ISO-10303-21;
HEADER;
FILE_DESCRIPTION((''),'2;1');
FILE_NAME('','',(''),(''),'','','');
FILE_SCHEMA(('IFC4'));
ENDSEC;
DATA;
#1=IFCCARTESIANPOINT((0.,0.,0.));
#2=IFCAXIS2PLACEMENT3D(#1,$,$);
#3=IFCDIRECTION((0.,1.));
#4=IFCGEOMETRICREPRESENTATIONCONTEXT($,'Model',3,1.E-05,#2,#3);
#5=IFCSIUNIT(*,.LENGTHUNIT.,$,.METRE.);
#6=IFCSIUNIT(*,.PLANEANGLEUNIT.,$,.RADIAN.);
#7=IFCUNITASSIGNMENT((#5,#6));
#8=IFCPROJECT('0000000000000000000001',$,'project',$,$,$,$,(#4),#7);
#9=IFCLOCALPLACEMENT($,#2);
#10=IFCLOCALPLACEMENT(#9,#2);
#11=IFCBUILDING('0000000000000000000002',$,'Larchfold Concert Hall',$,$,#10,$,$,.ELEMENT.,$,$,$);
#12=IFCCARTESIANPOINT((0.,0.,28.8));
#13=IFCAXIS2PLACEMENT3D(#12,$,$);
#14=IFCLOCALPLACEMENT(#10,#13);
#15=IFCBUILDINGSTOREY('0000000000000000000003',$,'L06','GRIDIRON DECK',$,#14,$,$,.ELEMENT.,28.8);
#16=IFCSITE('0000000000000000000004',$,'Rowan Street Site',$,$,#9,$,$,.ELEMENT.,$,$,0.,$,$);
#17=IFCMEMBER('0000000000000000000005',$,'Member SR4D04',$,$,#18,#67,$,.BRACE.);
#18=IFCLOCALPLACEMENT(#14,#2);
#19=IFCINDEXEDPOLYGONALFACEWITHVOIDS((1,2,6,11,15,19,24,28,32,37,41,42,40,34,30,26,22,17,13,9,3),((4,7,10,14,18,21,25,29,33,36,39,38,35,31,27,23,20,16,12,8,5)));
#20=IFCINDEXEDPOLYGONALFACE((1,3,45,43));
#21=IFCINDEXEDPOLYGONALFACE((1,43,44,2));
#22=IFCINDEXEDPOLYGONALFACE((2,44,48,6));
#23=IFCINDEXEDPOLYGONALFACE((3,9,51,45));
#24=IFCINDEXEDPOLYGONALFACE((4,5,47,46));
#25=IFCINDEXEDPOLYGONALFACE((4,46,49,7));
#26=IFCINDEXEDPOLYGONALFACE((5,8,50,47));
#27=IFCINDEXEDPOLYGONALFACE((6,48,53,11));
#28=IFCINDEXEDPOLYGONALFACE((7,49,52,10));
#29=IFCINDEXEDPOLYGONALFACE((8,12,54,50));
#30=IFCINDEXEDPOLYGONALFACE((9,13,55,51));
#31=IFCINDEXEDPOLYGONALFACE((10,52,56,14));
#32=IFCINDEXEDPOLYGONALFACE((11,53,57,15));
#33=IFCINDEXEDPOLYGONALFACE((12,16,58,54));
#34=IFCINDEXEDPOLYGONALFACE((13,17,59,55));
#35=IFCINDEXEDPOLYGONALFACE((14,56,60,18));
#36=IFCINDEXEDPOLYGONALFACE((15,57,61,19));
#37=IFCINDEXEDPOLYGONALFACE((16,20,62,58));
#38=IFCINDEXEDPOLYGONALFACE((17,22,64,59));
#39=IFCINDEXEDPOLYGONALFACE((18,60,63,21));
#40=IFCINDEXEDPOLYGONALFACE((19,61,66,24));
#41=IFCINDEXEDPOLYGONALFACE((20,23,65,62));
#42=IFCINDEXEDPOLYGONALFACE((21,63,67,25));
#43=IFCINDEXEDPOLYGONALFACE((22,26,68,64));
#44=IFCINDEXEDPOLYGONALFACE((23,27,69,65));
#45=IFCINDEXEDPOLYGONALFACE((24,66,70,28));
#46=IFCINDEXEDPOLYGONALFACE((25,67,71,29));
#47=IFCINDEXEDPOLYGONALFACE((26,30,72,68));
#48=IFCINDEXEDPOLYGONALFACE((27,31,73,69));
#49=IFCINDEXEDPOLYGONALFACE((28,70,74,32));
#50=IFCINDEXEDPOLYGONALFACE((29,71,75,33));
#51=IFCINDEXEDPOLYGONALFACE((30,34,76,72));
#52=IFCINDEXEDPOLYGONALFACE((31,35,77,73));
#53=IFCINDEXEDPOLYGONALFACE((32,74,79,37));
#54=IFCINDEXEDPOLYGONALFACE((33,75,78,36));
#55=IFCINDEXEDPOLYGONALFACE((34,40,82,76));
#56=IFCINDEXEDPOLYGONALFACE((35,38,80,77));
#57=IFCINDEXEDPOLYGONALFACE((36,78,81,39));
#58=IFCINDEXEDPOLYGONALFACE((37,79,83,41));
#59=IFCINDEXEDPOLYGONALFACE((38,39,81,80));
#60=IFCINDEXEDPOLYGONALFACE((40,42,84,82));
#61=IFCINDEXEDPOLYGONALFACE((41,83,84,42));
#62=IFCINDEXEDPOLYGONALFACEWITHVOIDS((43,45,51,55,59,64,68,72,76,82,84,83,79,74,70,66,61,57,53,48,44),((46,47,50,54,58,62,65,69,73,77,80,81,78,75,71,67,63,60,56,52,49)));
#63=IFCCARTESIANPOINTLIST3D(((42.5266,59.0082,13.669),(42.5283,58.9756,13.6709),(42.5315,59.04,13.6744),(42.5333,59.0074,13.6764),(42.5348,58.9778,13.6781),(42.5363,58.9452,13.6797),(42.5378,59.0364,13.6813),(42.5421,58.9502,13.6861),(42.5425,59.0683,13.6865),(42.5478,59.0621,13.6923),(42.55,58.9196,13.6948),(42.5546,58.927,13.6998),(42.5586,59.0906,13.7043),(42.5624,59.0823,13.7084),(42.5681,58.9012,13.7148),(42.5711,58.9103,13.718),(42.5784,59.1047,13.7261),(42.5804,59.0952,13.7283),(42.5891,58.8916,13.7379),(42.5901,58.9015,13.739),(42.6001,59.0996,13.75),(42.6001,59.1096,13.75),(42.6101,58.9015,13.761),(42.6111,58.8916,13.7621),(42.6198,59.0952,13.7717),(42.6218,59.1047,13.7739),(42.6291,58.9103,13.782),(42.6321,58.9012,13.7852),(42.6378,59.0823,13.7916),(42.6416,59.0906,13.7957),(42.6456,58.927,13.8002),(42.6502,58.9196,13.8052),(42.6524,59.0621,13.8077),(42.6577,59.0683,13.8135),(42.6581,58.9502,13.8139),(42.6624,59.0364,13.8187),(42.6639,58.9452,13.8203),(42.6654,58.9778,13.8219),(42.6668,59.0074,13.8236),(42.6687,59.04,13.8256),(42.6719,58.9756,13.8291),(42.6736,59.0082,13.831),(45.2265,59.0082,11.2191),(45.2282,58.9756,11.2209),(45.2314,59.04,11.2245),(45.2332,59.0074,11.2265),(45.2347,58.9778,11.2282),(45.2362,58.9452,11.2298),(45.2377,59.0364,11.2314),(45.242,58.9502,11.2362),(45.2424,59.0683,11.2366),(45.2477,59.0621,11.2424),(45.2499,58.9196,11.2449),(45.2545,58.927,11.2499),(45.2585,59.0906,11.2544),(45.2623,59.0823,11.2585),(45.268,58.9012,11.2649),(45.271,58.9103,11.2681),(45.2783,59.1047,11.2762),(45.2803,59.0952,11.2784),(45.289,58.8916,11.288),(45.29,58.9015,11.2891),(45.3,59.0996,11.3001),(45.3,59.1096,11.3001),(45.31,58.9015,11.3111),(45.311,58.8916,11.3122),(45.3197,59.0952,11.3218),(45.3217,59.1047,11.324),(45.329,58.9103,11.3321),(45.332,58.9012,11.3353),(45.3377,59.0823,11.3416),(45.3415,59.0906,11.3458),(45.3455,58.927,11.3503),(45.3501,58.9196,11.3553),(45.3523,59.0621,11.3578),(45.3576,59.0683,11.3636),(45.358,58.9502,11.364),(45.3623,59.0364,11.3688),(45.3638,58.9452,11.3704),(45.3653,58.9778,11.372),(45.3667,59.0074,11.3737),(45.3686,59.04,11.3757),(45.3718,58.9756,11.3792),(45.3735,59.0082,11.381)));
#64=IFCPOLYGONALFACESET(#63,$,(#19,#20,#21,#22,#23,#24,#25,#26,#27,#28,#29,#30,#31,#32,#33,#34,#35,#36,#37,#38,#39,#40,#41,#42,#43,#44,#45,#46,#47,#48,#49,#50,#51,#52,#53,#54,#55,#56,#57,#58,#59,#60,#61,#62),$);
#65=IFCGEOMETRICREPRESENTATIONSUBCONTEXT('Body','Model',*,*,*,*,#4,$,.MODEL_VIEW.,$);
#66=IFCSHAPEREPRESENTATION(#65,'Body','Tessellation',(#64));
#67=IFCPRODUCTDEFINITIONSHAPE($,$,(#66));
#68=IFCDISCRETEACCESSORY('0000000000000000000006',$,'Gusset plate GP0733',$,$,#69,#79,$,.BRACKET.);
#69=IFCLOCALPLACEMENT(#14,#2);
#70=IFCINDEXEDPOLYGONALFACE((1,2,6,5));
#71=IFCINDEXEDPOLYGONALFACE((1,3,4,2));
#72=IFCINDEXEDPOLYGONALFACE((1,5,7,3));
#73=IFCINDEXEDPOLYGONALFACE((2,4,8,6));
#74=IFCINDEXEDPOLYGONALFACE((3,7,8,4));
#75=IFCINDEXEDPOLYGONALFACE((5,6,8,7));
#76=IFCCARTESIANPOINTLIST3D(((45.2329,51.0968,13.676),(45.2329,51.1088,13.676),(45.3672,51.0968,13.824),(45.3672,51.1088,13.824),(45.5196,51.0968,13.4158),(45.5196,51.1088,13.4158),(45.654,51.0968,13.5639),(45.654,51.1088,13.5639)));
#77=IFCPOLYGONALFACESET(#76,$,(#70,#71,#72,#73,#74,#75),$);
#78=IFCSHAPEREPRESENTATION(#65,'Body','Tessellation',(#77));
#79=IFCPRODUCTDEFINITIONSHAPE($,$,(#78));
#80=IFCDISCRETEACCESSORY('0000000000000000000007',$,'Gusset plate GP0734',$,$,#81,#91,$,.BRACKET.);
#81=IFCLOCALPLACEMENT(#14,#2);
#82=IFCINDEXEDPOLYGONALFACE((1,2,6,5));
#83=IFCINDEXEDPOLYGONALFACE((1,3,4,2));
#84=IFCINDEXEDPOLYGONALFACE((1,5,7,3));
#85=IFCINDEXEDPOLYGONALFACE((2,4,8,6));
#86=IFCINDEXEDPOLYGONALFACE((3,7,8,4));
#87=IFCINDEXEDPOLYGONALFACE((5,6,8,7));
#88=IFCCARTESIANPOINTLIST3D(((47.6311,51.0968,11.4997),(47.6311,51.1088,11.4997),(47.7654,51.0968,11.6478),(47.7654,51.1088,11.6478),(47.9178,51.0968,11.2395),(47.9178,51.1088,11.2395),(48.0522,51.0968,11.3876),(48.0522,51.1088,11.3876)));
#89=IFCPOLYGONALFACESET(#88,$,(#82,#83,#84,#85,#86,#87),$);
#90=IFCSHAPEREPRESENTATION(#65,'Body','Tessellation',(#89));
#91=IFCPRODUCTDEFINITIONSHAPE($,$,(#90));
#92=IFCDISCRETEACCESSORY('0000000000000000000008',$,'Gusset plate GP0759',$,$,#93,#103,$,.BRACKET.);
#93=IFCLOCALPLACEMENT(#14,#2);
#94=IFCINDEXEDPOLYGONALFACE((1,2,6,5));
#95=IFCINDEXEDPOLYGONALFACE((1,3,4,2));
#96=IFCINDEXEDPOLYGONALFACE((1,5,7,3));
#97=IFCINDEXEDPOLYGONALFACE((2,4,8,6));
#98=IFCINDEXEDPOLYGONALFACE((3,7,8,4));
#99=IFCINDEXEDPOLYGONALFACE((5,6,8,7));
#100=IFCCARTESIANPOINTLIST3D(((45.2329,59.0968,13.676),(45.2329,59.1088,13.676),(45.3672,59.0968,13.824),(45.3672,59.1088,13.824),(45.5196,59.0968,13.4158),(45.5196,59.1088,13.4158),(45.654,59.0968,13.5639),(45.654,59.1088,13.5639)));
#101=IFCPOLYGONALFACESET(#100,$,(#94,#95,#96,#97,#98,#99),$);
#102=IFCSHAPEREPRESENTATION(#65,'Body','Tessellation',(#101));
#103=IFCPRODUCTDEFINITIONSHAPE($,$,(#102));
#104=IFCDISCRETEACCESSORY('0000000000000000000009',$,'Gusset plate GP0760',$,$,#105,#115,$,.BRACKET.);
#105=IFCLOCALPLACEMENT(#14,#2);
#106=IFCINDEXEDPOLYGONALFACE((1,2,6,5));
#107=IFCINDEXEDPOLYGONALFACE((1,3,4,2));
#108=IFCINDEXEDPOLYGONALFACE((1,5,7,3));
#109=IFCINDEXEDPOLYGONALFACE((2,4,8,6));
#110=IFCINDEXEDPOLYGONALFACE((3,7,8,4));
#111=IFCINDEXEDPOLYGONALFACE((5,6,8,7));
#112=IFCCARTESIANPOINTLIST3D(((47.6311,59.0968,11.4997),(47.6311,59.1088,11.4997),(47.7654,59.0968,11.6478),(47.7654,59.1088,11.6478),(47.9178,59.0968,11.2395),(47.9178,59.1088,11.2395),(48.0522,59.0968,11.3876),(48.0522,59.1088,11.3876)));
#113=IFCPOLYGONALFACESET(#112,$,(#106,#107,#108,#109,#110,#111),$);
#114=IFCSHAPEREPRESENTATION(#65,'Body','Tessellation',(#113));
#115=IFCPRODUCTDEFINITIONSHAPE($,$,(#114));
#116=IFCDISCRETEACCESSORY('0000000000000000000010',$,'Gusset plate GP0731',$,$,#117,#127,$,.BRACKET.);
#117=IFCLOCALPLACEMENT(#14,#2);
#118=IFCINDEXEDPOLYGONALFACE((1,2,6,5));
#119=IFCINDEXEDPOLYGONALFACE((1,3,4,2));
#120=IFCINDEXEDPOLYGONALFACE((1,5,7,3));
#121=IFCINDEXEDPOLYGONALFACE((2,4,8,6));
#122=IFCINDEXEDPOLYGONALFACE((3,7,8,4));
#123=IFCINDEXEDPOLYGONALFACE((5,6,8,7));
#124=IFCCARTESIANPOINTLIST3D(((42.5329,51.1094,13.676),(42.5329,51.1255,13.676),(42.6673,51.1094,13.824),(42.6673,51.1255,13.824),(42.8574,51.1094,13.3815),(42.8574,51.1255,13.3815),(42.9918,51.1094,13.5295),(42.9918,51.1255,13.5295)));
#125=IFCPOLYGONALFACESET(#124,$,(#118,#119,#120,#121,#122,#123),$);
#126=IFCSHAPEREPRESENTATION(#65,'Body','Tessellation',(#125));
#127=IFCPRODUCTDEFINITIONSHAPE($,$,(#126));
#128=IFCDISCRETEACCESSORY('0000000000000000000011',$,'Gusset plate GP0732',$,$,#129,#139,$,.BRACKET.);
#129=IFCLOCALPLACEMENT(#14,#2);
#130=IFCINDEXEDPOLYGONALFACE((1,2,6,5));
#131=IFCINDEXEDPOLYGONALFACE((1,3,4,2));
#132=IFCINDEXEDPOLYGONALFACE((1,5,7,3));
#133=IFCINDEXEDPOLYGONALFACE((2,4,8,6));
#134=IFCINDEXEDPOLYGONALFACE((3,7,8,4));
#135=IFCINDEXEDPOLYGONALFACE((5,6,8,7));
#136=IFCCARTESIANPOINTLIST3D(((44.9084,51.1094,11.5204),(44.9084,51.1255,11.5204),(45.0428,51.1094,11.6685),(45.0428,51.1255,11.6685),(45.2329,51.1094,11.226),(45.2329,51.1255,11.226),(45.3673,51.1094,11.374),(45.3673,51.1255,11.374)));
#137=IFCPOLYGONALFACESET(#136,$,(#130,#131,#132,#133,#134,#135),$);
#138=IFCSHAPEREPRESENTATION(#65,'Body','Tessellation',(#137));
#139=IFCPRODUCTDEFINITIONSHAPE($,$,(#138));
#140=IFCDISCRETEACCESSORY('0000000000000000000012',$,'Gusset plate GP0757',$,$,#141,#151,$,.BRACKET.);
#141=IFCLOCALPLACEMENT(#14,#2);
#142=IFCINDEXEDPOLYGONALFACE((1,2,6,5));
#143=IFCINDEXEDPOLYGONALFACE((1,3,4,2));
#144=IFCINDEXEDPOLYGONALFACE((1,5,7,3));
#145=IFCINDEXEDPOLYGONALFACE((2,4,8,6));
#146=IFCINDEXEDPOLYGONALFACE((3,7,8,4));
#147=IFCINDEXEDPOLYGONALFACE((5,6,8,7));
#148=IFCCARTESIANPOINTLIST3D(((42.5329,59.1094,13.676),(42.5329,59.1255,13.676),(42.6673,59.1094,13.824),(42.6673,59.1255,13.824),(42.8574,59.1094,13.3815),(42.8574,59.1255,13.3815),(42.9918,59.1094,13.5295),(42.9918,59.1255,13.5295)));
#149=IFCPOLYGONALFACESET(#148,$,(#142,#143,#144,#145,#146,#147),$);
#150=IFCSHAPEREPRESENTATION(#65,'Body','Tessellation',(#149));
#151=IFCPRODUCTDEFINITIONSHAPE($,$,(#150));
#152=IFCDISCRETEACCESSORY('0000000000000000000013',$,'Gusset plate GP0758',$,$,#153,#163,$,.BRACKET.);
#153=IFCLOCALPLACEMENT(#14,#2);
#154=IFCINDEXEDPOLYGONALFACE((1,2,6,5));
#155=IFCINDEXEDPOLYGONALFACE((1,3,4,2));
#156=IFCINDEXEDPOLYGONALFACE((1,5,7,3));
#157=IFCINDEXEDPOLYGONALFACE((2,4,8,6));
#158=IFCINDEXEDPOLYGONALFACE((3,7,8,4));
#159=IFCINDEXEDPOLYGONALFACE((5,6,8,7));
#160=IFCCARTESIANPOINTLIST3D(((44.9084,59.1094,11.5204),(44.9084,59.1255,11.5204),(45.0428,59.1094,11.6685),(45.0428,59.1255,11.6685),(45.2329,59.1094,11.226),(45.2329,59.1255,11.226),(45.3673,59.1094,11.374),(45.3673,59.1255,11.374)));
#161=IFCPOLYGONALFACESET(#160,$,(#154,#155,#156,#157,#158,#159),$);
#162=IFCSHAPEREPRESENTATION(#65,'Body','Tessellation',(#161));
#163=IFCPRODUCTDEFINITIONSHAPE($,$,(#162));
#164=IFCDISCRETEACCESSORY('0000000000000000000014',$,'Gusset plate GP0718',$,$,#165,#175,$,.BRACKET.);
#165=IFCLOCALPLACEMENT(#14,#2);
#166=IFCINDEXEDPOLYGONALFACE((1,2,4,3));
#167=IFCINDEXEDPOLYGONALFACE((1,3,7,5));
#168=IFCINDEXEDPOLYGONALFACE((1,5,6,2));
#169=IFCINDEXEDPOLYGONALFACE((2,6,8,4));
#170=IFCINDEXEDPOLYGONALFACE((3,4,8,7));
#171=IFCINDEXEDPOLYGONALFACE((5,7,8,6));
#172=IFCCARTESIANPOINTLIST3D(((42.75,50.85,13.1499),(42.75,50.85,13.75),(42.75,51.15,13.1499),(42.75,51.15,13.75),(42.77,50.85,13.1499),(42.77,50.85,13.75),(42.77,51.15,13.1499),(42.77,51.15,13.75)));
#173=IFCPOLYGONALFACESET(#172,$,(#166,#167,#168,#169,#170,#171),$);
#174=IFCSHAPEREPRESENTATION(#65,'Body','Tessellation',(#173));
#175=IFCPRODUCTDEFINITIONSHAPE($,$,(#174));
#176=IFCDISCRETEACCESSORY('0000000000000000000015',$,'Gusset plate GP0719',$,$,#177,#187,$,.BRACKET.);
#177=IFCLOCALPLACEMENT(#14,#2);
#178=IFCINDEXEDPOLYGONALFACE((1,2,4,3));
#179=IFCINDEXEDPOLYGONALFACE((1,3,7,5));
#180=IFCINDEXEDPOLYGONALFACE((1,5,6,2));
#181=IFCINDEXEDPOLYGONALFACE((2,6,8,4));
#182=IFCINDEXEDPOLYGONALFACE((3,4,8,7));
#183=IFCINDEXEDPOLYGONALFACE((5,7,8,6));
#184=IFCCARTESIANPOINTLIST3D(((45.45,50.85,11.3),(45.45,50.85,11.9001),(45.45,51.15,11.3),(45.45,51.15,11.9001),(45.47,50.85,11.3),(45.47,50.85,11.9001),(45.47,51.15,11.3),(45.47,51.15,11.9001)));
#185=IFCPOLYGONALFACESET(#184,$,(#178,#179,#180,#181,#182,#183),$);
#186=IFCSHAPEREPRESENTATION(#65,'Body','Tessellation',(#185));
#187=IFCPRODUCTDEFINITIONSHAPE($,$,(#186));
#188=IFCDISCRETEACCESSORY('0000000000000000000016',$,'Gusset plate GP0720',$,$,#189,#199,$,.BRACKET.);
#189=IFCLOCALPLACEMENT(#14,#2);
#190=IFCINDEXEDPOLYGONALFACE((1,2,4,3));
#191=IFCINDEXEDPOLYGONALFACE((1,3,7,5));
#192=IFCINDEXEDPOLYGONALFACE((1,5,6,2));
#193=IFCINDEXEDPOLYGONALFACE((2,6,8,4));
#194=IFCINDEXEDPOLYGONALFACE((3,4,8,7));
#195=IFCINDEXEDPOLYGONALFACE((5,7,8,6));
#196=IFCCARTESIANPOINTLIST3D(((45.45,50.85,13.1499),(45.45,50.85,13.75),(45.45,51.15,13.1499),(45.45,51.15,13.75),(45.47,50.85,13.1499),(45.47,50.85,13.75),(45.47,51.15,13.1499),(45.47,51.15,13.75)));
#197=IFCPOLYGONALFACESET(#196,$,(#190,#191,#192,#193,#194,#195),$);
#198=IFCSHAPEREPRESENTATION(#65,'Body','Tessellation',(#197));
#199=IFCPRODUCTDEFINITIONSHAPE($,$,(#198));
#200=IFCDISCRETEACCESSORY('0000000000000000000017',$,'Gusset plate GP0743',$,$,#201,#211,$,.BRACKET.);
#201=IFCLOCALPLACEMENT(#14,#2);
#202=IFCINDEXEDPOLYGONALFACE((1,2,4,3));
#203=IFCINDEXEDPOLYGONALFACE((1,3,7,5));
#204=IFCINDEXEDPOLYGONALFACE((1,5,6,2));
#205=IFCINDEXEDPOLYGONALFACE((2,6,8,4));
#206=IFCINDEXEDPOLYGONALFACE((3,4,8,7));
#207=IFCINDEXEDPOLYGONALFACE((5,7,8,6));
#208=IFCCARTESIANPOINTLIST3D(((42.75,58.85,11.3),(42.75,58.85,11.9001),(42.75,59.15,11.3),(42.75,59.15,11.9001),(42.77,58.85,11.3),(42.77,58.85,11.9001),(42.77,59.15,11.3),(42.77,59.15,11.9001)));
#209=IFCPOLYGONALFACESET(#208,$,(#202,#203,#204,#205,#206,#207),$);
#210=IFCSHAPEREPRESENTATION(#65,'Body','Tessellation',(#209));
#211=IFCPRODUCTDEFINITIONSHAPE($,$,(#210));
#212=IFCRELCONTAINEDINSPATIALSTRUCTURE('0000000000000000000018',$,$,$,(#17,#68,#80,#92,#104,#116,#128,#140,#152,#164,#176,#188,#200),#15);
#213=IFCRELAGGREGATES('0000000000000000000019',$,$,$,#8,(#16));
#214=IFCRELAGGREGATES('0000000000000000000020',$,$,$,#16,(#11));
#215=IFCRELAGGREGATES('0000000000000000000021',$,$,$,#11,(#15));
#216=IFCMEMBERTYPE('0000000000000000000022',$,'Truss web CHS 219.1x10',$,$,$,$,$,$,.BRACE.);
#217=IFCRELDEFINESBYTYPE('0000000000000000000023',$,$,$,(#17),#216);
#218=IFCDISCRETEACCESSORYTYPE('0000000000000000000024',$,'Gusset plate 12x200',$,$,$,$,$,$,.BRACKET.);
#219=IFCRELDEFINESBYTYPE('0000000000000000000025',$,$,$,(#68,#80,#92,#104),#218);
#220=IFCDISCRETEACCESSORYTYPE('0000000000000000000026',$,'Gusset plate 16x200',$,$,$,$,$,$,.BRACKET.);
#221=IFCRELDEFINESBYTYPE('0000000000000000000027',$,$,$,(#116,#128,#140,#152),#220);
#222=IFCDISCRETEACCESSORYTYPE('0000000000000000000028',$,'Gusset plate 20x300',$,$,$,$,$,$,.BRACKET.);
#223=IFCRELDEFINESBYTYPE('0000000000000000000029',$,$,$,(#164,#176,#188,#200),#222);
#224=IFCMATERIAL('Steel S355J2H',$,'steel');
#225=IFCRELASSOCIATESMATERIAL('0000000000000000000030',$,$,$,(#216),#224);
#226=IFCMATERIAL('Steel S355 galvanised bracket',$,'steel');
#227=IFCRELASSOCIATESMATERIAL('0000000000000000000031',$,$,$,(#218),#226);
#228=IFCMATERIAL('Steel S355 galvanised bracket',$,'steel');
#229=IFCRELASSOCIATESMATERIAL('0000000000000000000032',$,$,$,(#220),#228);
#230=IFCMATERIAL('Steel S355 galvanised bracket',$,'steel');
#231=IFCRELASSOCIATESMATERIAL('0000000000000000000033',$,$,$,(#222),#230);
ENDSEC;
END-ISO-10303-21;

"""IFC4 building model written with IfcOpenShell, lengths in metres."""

from ifc_helpers import new_model, si_unit, direction, frame, origin, origin_2d, place, context, subcontext, project, spatial, rectangle, hollow_circle, extrude, material, material_profile, profile_set, type_object, element, save


model = new_model("IFC4")

# Units and contexts
model_context = context("Model", 3, precision=1e-05, world=origin(), true_north=direction((0.0, 1.0)))
body_context = subcontext(model_context, "Body", "Model", "MODEL_VIEW")
ifc_project = project(units=[si_unit("LENGTHUNIT", "METRE"), si_unit("PLANEANGLEUNIT", "RADIAN")], contexts=[model_context])

# Site, building, storey
site_placement = place(None, origin())
site = spatial("IfcSite", under=ifc_project, at=site_placement, Name="Rowan Street Site", CompositionType="ELEMENT", RefElevation=0.0)
building_placement = place(site_placement, origin())
building = spatial("IfcBuilding", under=site, at=building_placement, Name="Larchfold Concert Hall", CompositionType="ELEMENT")
storey_placement = place(building_placement, frame((0.0, 0.0, 28.8)))
storey = spatial("IfcBuildingStorey", under=building, at=storey_placement, Name="L06", Description="GRIDIRON DECK", CompositionType="ELEMENT", Elevation=28.8)

# Member
ifc_material_1 = material(Name="Steel S355J2H", Category="steel")
ifc_material_profile_1 = material_profile(ifc_material_1, hollow_circle(Radius=0.1096, WallThickness=0.01, at=origin_2d()))
ifc_profile_set_1 = profile_set([ifc_material_profile_1], Name="Steel S355J2H")
member_type_1 = type_object("IfcMemberType", Name="Truss web CHS 219.1x10", PredefinedType="BRACE", material=ifc_profile_set_1)
member_1_placement = place(storey_placement, frame((42.6001, 59.0, 13.75), z_axis=(0.740561, 0.0, -0.671989), x_axis=(0.0, 1.0, 0.0)))
element("IfcMember", 1, at=member_1_placement, inside=storey, type_object=member_type_1, Name="Member SR4D04", PredefinedType="BRACE", context=body_context, shape_type="SweptSolid", body=[
    extrude(hollow_circle(Radius=0.1096, WallThickness=0.01, at=origin_2d()), origin(), (0.0, 0.0, 1.0), 3.6458),
])

# Discrete accessories
ifc_material_2 = material(Name="Steel S355 galvanised bracket", Category="steel")
ifc_material_profile_2 = material_profile(ifc_material_2, rectangle(XDim=0.012, YDim=0.2, at=origin_2d()))
ifc_profile_set_2 = profile_set([ifc_material_profile_2], Name="Steel S355 galvanised bracket")
discrete_accessory_type_1 = type_object("IfcDiscreteAccessoryType", Name="Gusset plate 12x200", PredefinedType="BRACKET", material=ifc_profile_set_2)
for number, where, z_axis, x_axis, name in (
    (2, (45.3, 51.1028, 13.75), (0.740624, 0.0, -0.671919), (0.0, 1.0, 0.0), "Gusset plate GP0733"),
    (3, (47.6982, 51.1028, 11.5737), (0.740624, 0.0, -0.671919), (0.0, 1.0, 0.0), "Gusset plate GP0734"),
    (4, (45.3, 59.1028, 13.75), (0.740624, 0.0, -0.671919), (0.0, 1.0, 0.0), "Gusset plate GP0759"),
    (5, (47.6982, 59.1028, 11.5737), (0.740624, 0.0, -0.671919), (0.0, 1.0, 0.0), "Gusset plate GP0760"),
):
    element("IfcDiscreteAccessory", number, at=place(storey_placement, frame(where, z_axis=z_axis, x_axis=x_axis)), inside=storey, type_object=discrete_accessory_type_1, Name=name, PredefinedType="BRACKET", context=body_context, shape_type="SweptSolid", body=[
        extrude(rectangle(XDim=0.012, YDim=0.2, at=origin_2d()), origin(), (0.0, 0.0, 1.0), 0.3872),
    ])
ifc_material_3 = material(Name="Steel S355 galvanised bracket", Category="steel")
ifc_material_profile_3 = material_profile(ifc_material_3, rectangle(XDim=0.0161, YDim=0.2, at=origin_2d()))
ifc_profile_set_3 = profile_set([ifc_material_profile_3], Name="Steel S355 galvanised bracket")
discrete_accessory_type_2 = type_object("IfcDiscreteAccessoryType", Name="Gusset plate 16x200", PredefinedType="BRACKET", material=ifc_profile_set_3)
for number, where, z_axis, x_axis, name in (
    (6, (42.6001, 51.1174, 13.75), (0.740545, 0.0, -0.672007), (0.0, 1.0, 0.0), "Gusset plate GP0731"),
    (7, (44.9756, 51.1174, 11.5945), (0.740545, 0.0, -0.672007), (0.0, 1.0, 0.0), "Gusset plate GP0732"),
    (8, (42.6001, 59.1174, 13.75), (0.740545, 0.0, -0.672007), (0.0, 1.0, 0.0), "Gusset plate GP0757"),
    (9, (44.9756, 59.1174, 11.5945), (0.740545, 0.0, -0.672007), (0.0, 1.0, 0.0), "Gusset plate GP0758"),
):
    element("IfcDiscreteAccessory", number, at=place(storey_placement, frame(where, z_axis=z_axis, x_axis=x_axis)), inside=storey, type_object=discrete_accessory_type_2, Name=name, PredefinedType="BRACKET", context=body_context, shape_type="SweptSolid", body=[
        extrude(rectangle(XDim=0.0161, YDim=0.2, at=origin_2d()), origin(), (0.0, 0.0, 1.0), 0.4382),
    ])
ifc_material_4 = material(Name="Steel S355 galvanised bracket", Category="steel")
ifc_material_profile_4 = material_profile(ifc_material_4, rectangle(XDim=0.02, YDim=0.3, at=origin_2d()))
ifc_profile_set_4 = profile_set([ifc_material_profile_4], Name="Steel S355 galvanised bracket")
discrete_accessory_type_3 = type_object("IfcDiscreteAccessoryType", Name="Gusset plate 20x300", PredefinedType="BRACKET", material=ifc_profile_set_4)
for number, where, z_axis, x_axis, name in (
    (10, (42.76, 51.0, 13.1499), (0.0, 0.0, 1.0), (1.0, 0.0, 0.0), "Gusset plate GP0718"),
    (11, (45.46, 51.0, 11.3), (0.0, 0.0, 1.0), (1.0, 0.0, 0.0), "Gusset plate GP0719"),
    (12, (45.46, 51.0, 13.1499), (0.0, 0.0, 1.0), (1.0, 0.0, 0.0), "Gusset plate GP0720"),
    (13, (42.76, 59.0, 11.3), (0.0, 0.0, 1.0), (1.0, 0.0, 0.0), "Gusset plate GP0743"),
):
    element("IfcDiscreteAccessory", number, at=place(storey_placement, frame(where, z_axis=z_axis, x_axis=x_axis)), inside=storey, type_object=discrete_accessory_type_3, Name=name, PredefinedType="BRACKET", context=body_context, shape_type="SweptSolid", body=[
        extrude(rectangle(XDim=0.02, YDim=0.3, at=origin_2d()), origin(), (0.0, 0.0, 1.0), 0.6001),
    ])

save(model, "model.ifc")
